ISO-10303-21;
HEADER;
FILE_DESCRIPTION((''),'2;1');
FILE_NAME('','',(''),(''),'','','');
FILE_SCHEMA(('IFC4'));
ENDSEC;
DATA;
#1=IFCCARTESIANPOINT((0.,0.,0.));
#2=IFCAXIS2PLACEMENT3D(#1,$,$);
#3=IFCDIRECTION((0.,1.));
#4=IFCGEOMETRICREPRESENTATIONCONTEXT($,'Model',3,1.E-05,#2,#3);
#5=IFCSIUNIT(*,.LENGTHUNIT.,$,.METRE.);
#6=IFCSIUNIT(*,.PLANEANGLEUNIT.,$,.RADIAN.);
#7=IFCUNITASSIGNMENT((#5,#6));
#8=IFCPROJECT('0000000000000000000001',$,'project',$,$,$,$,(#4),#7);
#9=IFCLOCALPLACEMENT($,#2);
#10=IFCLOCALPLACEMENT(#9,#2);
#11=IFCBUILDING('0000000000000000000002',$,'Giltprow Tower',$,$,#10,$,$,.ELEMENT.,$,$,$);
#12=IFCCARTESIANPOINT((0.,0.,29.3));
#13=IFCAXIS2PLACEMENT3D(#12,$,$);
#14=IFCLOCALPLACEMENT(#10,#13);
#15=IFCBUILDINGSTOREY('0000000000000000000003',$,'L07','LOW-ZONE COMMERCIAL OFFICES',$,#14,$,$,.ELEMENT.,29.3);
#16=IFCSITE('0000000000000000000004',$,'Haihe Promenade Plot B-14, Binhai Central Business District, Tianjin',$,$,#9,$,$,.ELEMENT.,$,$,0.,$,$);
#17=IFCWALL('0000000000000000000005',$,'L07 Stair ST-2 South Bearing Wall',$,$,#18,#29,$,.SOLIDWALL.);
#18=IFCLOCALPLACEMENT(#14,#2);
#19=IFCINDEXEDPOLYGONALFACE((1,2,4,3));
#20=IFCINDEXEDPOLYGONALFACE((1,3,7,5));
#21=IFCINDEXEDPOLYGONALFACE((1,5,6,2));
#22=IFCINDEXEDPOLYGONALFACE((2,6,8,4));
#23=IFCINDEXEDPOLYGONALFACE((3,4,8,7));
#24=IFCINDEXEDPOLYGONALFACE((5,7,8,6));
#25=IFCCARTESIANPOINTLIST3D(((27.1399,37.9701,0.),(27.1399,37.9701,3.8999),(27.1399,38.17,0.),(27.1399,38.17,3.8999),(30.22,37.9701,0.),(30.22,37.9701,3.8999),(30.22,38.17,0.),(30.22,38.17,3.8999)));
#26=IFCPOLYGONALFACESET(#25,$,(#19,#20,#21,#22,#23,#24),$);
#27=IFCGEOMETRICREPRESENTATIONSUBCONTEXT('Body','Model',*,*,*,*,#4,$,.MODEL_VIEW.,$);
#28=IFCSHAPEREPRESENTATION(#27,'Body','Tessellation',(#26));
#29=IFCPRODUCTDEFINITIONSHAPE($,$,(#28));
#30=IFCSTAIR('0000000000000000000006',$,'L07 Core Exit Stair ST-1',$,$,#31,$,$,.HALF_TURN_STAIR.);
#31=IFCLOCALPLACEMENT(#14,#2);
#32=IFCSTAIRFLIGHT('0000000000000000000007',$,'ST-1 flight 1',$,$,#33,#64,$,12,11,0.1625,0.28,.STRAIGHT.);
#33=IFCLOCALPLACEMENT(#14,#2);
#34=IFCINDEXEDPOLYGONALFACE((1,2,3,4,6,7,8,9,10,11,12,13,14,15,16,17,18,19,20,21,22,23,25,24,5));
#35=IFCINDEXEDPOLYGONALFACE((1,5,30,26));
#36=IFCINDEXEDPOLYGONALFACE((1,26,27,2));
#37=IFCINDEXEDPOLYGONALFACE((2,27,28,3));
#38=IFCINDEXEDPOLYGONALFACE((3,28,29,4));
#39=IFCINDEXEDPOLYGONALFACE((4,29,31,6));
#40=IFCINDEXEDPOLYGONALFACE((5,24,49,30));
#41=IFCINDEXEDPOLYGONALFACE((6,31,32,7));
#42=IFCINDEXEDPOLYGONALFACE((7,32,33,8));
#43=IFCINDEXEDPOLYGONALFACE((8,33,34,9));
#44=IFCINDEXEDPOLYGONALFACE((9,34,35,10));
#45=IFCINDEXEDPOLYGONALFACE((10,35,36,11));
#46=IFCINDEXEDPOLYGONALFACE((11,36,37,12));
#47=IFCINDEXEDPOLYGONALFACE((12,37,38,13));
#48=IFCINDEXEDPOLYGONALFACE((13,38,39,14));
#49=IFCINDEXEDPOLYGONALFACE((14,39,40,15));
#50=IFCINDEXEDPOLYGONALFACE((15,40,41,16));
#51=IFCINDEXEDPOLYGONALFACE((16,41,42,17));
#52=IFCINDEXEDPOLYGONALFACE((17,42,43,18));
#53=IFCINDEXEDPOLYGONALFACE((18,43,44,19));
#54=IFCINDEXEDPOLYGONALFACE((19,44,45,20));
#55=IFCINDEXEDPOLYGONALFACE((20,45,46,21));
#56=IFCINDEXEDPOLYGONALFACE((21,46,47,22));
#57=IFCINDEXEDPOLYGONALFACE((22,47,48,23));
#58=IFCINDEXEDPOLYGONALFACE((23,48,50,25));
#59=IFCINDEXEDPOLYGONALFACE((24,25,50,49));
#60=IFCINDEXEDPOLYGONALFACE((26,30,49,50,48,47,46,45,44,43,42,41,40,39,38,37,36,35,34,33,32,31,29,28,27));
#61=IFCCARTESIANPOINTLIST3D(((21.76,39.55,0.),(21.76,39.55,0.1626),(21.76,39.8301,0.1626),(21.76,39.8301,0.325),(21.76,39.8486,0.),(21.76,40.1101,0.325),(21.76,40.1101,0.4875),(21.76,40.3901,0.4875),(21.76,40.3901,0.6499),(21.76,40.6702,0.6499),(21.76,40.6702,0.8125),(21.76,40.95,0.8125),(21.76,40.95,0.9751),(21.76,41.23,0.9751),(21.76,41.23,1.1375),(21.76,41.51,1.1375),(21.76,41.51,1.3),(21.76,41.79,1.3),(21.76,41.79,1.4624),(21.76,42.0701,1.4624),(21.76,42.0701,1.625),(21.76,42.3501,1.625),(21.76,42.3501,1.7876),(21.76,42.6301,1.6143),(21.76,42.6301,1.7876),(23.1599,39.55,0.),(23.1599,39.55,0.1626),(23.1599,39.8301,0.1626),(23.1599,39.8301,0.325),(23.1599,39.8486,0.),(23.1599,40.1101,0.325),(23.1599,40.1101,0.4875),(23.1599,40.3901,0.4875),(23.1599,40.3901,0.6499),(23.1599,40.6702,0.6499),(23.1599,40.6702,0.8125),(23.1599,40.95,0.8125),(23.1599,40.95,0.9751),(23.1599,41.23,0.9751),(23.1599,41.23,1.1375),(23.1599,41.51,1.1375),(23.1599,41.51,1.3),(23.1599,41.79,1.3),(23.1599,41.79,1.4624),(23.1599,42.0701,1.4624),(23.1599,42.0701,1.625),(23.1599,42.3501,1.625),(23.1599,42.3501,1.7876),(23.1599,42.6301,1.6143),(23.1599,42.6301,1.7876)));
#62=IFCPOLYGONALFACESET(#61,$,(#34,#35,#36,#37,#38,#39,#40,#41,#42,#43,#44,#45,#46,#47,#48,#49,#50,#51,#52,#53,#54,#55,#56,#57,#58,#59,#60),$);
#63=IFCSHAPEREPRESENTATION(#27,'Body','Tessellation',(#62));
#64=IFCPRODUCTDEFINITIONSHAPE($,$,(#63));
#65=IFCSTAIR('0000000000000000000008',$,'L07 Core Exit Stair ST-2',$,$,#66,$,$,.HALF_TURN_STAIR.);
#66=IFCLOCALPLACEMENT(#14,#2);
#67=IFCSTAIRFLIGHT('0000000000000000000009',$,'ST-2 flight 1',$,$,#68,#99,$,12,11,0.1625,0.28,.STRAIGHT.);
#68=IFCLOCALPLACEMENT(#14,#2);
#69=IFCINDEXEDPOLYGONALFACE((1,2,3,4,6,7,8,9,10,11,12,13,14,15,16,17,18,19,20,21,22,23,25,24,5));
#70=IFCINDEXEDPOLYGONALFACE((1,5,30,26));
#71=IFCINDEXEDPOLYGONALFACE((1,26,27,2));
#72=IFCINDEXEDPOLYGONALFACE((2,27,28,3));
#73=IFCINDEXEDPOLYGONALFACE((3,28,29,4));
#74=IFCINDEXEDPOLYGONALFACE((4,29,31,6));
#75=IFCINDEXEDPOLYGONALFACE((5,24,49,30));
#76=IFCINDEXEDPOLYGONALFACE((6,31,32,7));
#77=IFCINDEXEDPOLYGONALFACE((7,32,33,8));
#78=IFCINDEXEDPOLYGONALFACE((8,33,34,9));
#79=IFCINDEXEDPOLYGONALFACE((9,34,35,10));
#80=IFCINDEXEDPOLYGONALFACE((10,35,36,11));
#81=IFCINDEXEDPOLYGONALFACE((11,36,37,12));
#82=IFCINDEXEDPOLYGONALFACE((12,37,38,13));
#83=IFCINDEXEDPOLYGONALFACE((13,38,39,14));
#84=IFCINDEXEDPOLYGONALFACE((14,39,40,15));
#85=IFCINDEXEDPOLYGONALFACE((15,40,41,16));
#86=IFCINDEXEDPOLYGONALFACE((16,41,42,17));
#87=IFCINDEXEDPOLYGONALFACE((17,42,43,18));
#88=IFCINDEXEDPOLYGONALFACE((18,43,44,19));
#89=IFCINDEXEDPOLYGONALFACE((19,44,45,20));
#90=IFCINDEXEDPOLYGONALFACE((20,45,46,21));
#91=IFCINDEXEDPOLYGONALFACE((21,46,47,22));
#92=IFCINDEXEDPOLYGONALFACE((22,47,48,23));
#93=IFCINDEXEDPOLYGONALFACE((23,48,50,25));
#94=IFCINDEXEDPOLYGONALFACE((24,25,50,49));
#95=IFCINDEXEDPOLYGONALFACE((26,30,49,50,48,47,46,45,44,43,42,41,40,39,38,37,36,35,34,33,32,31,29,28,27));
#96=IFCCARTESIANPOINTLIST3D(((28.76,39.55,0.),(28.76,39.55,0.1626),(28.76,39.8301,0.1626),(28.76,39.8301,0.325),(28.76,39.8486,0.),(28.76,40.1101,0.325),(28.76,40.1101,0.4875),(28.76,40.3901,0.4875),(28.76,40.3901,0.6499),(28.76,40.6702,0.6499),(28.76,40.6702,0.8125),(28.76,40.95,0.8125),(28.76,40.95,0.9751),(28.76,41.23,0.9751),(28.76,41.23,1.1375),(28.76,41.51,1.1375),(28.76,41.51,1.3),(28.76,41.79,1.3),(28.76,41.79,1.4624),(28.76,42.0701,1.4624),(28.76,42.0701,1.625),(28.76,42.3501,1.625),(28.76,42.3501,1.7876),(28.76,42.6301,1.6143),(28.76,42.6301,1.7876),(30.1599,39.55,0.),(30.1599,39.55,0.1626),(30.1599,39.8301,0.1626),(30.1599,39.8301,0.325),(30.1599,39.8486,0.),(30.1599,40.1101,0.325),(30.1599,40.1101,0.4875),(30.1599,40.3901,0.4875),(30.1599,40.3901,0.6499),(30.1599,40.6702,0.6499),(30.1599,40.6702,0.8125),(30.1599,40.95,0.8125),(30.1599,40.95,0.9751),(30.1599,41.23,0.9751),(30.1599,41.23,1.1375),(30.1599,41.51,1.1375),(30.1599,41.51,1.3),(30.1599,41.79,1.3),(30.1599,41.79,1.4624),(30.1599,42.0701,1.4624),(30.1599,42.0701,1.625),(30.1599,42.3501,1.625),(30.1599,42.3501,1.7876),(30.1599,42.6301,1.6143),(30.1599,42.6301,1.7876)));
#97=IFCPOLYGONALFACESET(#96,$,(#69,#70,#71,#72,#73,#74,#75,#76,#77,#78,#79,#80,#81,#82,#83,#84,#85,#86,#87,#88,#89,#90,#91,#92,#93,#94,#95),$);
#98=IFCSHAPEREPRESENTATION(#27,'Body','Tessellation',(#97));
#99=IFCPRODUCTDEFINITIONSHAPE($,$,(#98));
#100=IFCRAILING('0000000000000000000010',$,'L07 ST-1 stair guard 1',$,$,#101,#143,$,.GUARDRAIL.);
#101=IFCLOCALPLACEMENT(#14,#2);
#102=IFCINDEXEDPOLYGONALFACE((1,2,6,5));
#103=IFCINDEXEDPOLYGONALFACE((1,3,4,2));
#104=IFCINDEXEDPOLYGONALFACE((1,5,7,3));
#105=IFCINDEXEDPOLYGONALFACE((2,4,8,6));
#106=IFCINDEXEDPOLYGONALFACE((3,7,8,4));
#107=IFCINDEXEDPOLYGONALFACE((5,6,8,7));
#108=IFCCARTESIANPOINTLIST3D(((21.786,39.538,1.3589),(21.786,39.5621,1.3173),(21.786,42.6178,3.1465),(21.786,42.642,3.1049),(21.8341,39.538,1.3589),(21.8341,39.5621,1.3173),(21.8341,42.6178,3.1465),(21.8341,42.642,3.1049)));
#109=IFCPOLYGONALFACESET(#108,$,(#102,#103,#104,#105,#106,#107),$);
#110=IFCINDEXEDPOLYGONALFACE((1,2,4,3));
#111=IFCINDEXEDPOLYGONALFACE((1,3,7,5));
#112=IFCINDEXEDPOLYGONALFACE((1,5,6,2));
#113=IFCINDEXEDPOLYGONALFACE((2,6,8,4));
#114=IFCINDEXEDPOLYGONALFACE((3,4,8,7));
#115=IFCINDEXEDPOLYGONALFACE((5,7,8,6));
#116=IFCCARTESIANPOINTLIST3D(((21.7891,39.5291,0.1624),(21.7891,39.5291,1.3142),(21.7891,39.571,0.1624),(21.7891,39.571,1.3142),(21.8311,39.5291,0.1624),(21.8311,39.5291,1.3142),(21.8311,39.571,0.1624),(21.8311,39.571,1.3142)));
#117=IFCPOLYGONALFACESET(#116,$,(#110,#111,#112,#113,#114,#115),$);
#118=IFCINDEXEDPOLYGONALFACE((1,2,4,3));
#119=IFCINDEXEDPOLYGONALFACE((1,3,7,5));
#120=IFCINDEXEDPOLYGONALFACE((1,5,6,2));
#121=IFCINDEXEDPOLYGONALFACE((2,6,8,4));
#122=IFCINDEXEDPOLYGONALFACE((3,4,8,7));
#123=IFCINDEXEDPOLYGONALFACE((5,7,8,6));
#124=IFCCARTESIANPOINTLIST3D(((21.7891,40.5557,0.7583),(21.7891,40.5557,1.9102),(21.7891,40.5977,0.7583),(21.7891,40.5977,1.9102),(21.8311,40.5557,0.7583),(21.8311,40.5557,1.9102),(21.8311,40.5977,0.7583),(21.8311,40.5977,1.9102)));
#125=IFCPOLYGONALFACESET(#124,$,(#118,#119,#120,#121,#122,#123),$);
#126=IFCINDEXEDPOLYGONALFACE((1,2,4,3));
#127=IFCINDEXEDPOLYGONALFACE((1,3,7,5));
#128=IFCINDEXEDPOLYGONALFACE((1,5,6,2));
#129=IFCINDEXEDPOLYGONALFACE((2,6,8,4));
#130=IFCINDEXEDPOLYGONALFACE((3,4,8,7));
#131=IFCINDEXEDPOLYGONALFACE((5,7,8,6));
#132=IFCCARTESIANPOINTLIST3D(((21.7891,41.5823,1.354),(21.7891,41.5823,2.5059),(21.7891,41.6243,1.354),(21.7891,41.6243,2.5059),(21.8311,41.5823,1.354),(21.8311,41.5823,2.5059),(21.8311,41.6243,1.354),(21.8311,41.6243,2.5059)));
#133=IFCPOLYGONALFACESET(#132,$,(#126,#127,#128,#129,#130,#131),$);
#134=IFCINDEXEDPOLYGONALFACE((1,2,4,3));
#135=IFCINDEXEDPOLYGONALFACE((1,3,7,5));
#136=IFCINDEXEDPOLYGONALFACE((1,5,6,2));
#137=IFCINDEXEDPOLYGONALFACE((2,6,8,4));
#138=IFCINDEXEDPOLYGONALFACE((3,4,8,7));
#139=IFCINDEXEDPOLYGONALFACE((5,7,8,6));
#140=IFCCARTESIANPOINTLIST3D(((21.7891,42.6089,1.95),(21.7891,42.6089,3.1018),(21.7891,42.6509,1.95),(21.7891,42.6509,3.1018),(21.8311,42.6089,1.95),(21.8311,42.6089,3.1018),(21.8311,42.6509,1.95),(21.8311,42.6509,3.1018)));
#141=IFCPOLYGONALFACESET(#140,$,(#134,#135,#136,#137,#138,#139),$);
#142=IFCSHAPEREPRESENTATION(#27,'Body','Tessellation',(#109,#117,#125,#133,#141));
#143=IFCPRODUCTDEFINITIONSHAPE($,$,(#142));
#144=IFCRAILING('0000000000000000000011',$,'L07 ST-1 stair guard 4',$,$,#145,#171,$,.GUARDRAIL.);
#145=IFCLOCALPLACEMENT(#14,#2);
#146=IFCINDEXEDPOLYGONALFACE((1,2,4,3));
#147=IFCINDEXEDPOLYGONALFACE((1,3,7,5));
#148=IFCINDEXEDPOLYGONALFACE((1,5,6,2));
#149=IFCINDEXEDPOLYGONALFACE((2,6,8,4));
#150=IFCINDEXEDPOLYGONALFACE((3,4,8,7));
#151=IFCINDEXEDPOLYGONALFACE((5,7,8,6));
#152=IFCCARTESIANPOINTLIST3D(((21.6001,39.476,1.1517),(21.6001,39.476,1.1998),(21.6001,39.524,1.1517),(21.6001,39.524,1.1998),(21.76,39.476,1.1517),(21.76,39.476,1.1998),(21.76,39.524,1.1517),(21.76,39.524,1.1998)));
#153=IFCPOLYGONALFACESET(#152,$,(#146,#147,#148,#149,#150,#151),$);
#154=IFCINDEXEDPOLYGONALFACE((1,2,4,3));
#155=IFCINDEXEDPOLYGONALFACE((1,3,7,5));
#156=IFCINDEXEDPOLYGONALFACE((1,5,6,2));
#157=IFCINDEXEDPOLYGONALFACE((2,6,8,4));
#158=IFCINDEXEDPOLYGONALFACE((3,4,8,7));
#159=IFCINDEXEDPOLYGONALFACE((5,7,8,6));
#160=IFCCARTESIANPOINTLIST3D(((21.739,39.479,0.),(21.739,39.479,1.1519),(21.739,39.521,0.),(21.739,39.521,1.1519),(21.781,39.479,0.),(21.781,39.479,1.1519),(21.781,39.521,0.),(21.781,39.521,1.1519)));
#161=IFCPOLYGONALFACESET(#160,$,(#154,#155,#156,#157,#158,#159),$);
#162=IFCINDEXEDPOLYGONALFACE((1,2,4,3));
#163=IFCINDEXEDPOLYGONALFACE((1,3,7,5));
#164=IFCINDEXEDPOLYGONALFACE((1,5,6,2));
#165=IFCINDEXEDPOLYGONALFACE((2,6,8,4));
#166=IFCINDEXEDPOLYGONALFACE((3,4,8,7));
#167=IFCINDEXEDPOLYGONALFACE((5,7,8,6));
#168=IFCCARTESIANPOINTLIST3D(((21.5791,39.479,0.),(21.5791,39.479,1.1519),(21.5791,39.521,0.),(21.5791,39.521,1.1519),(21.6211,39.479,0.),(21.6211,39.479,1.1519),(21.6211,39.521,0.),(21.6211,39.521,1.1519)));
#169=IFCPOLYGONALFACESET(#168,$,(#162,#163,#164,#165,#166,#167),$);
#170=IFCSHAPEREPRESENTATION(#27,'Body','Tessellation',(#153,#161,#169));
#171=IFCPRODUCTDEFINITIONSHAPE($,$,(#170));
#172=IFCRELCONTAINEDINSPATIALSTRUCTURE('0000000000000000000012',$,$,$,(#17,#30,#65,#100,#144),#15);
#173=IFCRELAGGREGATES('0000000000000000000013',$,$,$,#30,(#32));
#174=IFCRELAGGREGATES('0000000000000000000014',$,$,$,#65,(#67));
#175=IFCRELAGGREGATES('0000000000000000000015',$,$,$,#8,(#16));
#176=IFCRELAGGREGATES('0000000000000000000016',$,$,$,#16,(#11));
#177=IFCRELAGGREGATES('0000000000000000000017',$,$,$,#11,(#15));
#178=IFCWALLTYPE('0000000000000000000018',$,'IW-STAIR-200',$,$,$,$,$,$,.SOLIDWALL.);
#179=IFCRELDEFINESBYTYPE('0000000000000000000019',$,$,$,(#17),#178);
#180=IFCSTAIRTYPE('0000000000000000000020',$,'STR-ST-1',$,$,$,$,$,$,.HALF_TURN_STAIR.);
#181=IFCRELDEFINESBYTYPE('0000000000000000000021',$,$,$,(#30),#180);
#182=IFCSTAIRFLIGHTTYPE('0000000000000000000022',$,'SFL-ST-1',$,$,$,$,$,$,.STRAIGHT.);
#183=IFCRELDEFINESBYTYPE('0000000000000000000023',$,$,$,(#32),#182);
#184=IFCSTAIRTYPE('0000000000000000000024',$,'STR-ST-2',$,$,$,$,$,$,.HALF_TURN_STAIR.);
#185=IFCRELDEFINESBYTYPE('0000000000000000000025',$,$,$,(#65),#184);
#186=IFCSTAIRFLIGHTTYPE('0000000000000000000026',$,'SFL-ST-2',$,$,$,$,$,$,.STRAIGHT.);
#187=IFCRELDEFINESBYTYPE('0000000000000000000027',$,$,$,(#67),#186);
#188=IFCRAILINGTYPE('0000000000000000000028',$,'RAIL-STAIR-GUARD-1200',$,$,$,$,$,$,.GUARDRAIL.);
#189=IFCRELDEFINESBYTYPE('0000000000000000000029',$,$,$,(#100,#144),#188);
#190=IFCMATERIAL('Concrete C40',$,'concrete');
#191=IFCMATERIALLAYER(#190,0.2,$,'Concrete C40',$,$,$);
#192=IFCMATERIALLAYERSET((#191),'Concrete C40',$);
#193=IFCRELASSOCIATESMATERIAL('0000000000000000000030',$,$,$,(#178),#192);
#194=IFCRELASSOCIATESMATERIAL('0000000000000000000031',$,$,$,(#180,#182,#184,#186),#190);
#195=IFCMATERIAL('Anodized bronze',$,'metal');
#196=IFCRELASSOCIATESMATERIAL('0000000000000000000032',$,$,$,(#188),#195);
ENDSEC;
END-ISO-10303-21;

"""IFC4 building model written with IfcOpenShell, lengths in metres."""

from ifc_helpers import new_model, si_unit, direction, frame, frame_2d, origin, origin_2d, place, context, subcontext, project, spatial, polyline, rectangle, outline, extrude, material, layer, layer_set, type_object, element, aggregate, save


model = new_model("IFC4")

# Units and contexts
model_context = context("Model", 3, precision=1e-05, world=origin(), true_north=direction((0.0, 1.0)))
body_context = subcontext(model_context, "Body", "Model", "MODEL_VIEW")
ifc_project = project(units=[si_unit("LENGTHUNIT", "METRE"), si_unit("PLANEANGLEUNIT", "RADIAN")], contexts=[model_context])

# Site, building, storey
site_placement = place(None, origin())
site = spatial("IfcSite", under=ifc_project, at=site_placement, Name="Haihe Promenade Plot B-14, Binhai Central Business District, Tianjin", CompositionType="ELEMENT", RefElevation=0.0)
building_placement = place(site_placement, origin())
building = spatial("IfcBuilding", under=site, at=building_placement, Name="Giltprow Tower", CompositionType="ELEMENT")
storey_placement = place(building_placement, frame((0.0, 0.0, 29.3)))
storey = spatial("IfcBuildingStorey", under=building, at=storey_placement, Name="L07", Description="LOW-ZONE COMMERCIAL OFFICES", CompositionType="ELEMENT", Elevation=29.3)

# Shared definitions
ifc_material_1 = material(Name="Concrete C40", Category="concrete")
ifc_layer = layer(ifc_material_1, 0.2, Name="Concrete C40")
ifc_layer_set = layer_set([ifc_layer], Name="Concrete C40")
wall_type = type_object("IfcWallType", Name="IW-STAIR-200", PredefinedType="SOLIDWALL", material=ifc_layer_set)

# Wall
wall_1_placement = place(storey_placement, frame((27.1399, 38.0701, 0.0), z_axis=(0.0, 0.0, 1.0), x_axis=(1.0, 0.0, 0.0)))
element("IfcWall", 1, at=wall_1_placement, inside=storey, type_object=wall_type, Name="L07 Stair ST-2 South Bearing Wall", PredefinedType="SOLIDWALL", context=body_context, shape_type="SweptSolid", body=[
    extrude(rectangle(XDim=3.0801, YDim=0.2, at=frame_2d((1.54, 0.0))), origin(), (0.0, 0.0, 1.0), 3.8999),
])

# Stairs, stair flights
stair_type_1 = type_object("IfcStairType", Name="STR-ST-1", PredefinedType="HALF_TURN_STAIR", material=ifc_material_1)
stair_1_placement = place(storey_placement, origin())
stair_1 = element("IfcStair", 2, at=stair_1_placement, inside=storey, type_object=stair_type_1, Name="L07 Core Exit Stair ST-1", PredefinedType="HALF_TURN_STAIR")
stair_flight_type_1 = type_object("IfcStairFlightType", Name="SFL-ST-1", PredefinedType="STRAIGHT", material=ifc_material_1)
stair_flight_1_placement = place(storey_placement, frame((22.46, 39.55, 0.0), z_axis=(0.0, 0.0, 1.0), x_axis=(0.0, 1.0, 0.0)))
stair_flight_1 = element("IfcStairFlight", 3, at=stair_flight_1_placement, type_object=stair_flight_type_1, Name="ST-1 flight 1", NumberOfRisers=12, NumberOfTreads=11, PredefinedType="STRAIGHT", RiserHeight=0.1625, TreadLength=0.28, context=body_context, shape_type="SweptSolid", body=[
    extrude(outline(polyline([(0.0, 0.0), (0.0, 0.1626), (0.28, 0.1626), (0.28, 0.325), (0.5601, 0.325), (0.5601, 0.4875), (0.8401, 0.4875), (0.8401, 0.6499), (1.1201, 0.6499), (1.1201, 0.8125), (1.3999, 0.8125), (1.3999, 0.9751), (1.6799, 0.9751), (1.6799, 1.1375), (1.96, 1.1375), (1.96, 1.3), (2.24, 1.3), (2.24, 1.4624), (2.52, 1.4624), (2.52, 1.625), (2.8, 1.625), (2.8, 1.7876), (3.0801, 1.7876), (3.0801, 1.95), (3.0801, 1.6143), (0.2986, 0.0), (0.0, 0.0)])), frame((0.0, 0.7, 0.0), z_axis=(0.0, -1.0, 0.0), x_axis=(1.0, 0.0, 0.0)), (0.0, 0.0, 1.0), 1.3999),
])
aggregate(stair_1, [stair_flight_1])
stair_type_2 = type_object("IfcStairType", Name="STR-ST-2", PredefinedType="HALF_TURN_STAIR", material=ifc_material_1)
stair_2_placement = place(storey_placement, origin())
stair_2 = element("IfcStair", 4, at=stair_2_placement, inside=storey, type_object=stair_type_2, Name="L07 Core Exit Stair ST-2", PredefinedType="HALF_TURN_STAIR")
stair_flight_type_2 = type_object("IfcStairFlightType", Name="SFL-ST-2", PredefinedType="STRAIGHT", material=ifc_material_1)
stair_flight_2_placement = place(storey_placement, frame((29.46, 39.55, 0.0), z_axis=(0.0, 0.0, 1.0), x_axis=(0.0, 1.0, 0.0)))
stair_flight_2 = element("IfcStairFlight", 5, at=stair_flight_2_placement, type_object=stair_flight_type_2, Name="ST-2 flight 1", NumberOfRisers=12, NumberOfTreads=11, PredefinedType="STRAIGHT", RiserHeight=0.1625, TreadLength=0.28, context=body_context, shape_type="SweptSolid", body=[
    extrude(outline(polyline([(0.0, 0.0), (0.0, 0.1626), (0.28, 0.1626), (0.28, 0.325), (0.5601, 0.325), (0.5601, 0.4875), (0.8401, 0.4875), (0.8401, 0.6499), (1.1201, 0.6499), (1.1201, 0.8125), (1.3999, 0.8125), (1.3999, 0.9751), (1.6799, 0.9751), (1.6799, 1.1375), (1.96, 1.1375), (1.96, 1.3), (2.24, 1.3), (2.24, 1.4624), (2.52, 1.4624), (2.52, 1.625), (2.8, 1.625), (2.8, 1.7876), (3.0801, 1.7876), (3.0801, 1.95), (3.0801, 1.6143), (0.2986, 0.0), (0.0, 0.0)])), frame((0.0, 0.7, 0.0), z_axis=(0.0, -1.0, 0.0), x_axis=(1.0, 0.0, 0.0)), (0.0, 0.0, 1.0), 1.3999),
])
aggregate(stair_2, [stair_flight_2])

# Railings
ifc_material_2 = material(Name="Anodized bronze", Category="metal")
railing_type_1 = type_object("IfcRailingType", Name="RAIL-STAIR-GUARD-1200", PredefinedType="GUARDRAIL", material=ifc_material_2)
railing_1_placement = place(storey_placement, frame((21.8101, 39.55, 0.1624)))
element("IfcRailing", 6, at=railing_1_placement, inside=storey, type_object=railing_type_1, Name="L07 ST-1 stair guard 1", PredefinedType="GUARDRAIL", context=body_context, shape_type="SweptSolid", body=[
    extrude(rectangle(XDim=0.0481, YDim=0.0481, at=origin_2d()), frame((0.0, 0.0, 1.1758), z_axis=(0.0, 0.864873, 0.50199), x_axis=(-1.0, 0.0, 0.0)), (0.0, 0.0, 1.0), 3.561),
    extrude(rectangle(XDim=0.042, YDim=0.042, at=origin_2d()), origin(), (0.0, 0.0, 1.0), 1.1519),
    extrude(rectangle(XDim=0.042, YDim=0.042, at=origin_2d()), frame((0.0, 1.0266, 0.5959)), (0.0, 0.0, 1.0), 1.1519),
    extrude(rectangle(XDim=0.042, YDim=0.042, at=origin_2d()), frame((0.0, 2.0532, 1.1917)), (0.0, 0.0, 1.0), 1.1519),
    extrude(rectangle(XDim=0.042, YDim=0.042, at=origin_2d()), frame((0.0, 3.0798, 1.7876)), (0.0, 0.0, 1.0), 1.1519),
])
railing_2_placement = place(storey_placement, frame((21.76, 39.5, 0.0)))
element("IfcRailing", 7, at=railing_2_placement, inside=storey, type_object=railing_type_1, Name="L07 ST-1 stair guard 4", PredefinedType="GUARDRAIL", context=body_context, shape_type="SweptSolid", body=[
    extrude(rectangle(XDim=0.0481, YDim=0.0481, at=origin_2d()), frame((0.0, 0.0, 1.1758), z_axis=(-1.0, 0.0, 0.0), x_axis=(0.0, -1.0, 0.0)), (0.0, 0.0, 1.0), 0.1599),
    extrude(rectangle(XDim=0.042, YDim=0.042, at=origin_2d()), origin(), (0.0, 0.0, 1.0), 1.1519),
    extrude(rectangle(XDim=0.042, YDim=0.042, at=origin_2d()), frame((-0.1599, 0.0, 0.0)), (0.0, 0.0, 1.0), 1.1519),
])

save(model, "model.ifc")
